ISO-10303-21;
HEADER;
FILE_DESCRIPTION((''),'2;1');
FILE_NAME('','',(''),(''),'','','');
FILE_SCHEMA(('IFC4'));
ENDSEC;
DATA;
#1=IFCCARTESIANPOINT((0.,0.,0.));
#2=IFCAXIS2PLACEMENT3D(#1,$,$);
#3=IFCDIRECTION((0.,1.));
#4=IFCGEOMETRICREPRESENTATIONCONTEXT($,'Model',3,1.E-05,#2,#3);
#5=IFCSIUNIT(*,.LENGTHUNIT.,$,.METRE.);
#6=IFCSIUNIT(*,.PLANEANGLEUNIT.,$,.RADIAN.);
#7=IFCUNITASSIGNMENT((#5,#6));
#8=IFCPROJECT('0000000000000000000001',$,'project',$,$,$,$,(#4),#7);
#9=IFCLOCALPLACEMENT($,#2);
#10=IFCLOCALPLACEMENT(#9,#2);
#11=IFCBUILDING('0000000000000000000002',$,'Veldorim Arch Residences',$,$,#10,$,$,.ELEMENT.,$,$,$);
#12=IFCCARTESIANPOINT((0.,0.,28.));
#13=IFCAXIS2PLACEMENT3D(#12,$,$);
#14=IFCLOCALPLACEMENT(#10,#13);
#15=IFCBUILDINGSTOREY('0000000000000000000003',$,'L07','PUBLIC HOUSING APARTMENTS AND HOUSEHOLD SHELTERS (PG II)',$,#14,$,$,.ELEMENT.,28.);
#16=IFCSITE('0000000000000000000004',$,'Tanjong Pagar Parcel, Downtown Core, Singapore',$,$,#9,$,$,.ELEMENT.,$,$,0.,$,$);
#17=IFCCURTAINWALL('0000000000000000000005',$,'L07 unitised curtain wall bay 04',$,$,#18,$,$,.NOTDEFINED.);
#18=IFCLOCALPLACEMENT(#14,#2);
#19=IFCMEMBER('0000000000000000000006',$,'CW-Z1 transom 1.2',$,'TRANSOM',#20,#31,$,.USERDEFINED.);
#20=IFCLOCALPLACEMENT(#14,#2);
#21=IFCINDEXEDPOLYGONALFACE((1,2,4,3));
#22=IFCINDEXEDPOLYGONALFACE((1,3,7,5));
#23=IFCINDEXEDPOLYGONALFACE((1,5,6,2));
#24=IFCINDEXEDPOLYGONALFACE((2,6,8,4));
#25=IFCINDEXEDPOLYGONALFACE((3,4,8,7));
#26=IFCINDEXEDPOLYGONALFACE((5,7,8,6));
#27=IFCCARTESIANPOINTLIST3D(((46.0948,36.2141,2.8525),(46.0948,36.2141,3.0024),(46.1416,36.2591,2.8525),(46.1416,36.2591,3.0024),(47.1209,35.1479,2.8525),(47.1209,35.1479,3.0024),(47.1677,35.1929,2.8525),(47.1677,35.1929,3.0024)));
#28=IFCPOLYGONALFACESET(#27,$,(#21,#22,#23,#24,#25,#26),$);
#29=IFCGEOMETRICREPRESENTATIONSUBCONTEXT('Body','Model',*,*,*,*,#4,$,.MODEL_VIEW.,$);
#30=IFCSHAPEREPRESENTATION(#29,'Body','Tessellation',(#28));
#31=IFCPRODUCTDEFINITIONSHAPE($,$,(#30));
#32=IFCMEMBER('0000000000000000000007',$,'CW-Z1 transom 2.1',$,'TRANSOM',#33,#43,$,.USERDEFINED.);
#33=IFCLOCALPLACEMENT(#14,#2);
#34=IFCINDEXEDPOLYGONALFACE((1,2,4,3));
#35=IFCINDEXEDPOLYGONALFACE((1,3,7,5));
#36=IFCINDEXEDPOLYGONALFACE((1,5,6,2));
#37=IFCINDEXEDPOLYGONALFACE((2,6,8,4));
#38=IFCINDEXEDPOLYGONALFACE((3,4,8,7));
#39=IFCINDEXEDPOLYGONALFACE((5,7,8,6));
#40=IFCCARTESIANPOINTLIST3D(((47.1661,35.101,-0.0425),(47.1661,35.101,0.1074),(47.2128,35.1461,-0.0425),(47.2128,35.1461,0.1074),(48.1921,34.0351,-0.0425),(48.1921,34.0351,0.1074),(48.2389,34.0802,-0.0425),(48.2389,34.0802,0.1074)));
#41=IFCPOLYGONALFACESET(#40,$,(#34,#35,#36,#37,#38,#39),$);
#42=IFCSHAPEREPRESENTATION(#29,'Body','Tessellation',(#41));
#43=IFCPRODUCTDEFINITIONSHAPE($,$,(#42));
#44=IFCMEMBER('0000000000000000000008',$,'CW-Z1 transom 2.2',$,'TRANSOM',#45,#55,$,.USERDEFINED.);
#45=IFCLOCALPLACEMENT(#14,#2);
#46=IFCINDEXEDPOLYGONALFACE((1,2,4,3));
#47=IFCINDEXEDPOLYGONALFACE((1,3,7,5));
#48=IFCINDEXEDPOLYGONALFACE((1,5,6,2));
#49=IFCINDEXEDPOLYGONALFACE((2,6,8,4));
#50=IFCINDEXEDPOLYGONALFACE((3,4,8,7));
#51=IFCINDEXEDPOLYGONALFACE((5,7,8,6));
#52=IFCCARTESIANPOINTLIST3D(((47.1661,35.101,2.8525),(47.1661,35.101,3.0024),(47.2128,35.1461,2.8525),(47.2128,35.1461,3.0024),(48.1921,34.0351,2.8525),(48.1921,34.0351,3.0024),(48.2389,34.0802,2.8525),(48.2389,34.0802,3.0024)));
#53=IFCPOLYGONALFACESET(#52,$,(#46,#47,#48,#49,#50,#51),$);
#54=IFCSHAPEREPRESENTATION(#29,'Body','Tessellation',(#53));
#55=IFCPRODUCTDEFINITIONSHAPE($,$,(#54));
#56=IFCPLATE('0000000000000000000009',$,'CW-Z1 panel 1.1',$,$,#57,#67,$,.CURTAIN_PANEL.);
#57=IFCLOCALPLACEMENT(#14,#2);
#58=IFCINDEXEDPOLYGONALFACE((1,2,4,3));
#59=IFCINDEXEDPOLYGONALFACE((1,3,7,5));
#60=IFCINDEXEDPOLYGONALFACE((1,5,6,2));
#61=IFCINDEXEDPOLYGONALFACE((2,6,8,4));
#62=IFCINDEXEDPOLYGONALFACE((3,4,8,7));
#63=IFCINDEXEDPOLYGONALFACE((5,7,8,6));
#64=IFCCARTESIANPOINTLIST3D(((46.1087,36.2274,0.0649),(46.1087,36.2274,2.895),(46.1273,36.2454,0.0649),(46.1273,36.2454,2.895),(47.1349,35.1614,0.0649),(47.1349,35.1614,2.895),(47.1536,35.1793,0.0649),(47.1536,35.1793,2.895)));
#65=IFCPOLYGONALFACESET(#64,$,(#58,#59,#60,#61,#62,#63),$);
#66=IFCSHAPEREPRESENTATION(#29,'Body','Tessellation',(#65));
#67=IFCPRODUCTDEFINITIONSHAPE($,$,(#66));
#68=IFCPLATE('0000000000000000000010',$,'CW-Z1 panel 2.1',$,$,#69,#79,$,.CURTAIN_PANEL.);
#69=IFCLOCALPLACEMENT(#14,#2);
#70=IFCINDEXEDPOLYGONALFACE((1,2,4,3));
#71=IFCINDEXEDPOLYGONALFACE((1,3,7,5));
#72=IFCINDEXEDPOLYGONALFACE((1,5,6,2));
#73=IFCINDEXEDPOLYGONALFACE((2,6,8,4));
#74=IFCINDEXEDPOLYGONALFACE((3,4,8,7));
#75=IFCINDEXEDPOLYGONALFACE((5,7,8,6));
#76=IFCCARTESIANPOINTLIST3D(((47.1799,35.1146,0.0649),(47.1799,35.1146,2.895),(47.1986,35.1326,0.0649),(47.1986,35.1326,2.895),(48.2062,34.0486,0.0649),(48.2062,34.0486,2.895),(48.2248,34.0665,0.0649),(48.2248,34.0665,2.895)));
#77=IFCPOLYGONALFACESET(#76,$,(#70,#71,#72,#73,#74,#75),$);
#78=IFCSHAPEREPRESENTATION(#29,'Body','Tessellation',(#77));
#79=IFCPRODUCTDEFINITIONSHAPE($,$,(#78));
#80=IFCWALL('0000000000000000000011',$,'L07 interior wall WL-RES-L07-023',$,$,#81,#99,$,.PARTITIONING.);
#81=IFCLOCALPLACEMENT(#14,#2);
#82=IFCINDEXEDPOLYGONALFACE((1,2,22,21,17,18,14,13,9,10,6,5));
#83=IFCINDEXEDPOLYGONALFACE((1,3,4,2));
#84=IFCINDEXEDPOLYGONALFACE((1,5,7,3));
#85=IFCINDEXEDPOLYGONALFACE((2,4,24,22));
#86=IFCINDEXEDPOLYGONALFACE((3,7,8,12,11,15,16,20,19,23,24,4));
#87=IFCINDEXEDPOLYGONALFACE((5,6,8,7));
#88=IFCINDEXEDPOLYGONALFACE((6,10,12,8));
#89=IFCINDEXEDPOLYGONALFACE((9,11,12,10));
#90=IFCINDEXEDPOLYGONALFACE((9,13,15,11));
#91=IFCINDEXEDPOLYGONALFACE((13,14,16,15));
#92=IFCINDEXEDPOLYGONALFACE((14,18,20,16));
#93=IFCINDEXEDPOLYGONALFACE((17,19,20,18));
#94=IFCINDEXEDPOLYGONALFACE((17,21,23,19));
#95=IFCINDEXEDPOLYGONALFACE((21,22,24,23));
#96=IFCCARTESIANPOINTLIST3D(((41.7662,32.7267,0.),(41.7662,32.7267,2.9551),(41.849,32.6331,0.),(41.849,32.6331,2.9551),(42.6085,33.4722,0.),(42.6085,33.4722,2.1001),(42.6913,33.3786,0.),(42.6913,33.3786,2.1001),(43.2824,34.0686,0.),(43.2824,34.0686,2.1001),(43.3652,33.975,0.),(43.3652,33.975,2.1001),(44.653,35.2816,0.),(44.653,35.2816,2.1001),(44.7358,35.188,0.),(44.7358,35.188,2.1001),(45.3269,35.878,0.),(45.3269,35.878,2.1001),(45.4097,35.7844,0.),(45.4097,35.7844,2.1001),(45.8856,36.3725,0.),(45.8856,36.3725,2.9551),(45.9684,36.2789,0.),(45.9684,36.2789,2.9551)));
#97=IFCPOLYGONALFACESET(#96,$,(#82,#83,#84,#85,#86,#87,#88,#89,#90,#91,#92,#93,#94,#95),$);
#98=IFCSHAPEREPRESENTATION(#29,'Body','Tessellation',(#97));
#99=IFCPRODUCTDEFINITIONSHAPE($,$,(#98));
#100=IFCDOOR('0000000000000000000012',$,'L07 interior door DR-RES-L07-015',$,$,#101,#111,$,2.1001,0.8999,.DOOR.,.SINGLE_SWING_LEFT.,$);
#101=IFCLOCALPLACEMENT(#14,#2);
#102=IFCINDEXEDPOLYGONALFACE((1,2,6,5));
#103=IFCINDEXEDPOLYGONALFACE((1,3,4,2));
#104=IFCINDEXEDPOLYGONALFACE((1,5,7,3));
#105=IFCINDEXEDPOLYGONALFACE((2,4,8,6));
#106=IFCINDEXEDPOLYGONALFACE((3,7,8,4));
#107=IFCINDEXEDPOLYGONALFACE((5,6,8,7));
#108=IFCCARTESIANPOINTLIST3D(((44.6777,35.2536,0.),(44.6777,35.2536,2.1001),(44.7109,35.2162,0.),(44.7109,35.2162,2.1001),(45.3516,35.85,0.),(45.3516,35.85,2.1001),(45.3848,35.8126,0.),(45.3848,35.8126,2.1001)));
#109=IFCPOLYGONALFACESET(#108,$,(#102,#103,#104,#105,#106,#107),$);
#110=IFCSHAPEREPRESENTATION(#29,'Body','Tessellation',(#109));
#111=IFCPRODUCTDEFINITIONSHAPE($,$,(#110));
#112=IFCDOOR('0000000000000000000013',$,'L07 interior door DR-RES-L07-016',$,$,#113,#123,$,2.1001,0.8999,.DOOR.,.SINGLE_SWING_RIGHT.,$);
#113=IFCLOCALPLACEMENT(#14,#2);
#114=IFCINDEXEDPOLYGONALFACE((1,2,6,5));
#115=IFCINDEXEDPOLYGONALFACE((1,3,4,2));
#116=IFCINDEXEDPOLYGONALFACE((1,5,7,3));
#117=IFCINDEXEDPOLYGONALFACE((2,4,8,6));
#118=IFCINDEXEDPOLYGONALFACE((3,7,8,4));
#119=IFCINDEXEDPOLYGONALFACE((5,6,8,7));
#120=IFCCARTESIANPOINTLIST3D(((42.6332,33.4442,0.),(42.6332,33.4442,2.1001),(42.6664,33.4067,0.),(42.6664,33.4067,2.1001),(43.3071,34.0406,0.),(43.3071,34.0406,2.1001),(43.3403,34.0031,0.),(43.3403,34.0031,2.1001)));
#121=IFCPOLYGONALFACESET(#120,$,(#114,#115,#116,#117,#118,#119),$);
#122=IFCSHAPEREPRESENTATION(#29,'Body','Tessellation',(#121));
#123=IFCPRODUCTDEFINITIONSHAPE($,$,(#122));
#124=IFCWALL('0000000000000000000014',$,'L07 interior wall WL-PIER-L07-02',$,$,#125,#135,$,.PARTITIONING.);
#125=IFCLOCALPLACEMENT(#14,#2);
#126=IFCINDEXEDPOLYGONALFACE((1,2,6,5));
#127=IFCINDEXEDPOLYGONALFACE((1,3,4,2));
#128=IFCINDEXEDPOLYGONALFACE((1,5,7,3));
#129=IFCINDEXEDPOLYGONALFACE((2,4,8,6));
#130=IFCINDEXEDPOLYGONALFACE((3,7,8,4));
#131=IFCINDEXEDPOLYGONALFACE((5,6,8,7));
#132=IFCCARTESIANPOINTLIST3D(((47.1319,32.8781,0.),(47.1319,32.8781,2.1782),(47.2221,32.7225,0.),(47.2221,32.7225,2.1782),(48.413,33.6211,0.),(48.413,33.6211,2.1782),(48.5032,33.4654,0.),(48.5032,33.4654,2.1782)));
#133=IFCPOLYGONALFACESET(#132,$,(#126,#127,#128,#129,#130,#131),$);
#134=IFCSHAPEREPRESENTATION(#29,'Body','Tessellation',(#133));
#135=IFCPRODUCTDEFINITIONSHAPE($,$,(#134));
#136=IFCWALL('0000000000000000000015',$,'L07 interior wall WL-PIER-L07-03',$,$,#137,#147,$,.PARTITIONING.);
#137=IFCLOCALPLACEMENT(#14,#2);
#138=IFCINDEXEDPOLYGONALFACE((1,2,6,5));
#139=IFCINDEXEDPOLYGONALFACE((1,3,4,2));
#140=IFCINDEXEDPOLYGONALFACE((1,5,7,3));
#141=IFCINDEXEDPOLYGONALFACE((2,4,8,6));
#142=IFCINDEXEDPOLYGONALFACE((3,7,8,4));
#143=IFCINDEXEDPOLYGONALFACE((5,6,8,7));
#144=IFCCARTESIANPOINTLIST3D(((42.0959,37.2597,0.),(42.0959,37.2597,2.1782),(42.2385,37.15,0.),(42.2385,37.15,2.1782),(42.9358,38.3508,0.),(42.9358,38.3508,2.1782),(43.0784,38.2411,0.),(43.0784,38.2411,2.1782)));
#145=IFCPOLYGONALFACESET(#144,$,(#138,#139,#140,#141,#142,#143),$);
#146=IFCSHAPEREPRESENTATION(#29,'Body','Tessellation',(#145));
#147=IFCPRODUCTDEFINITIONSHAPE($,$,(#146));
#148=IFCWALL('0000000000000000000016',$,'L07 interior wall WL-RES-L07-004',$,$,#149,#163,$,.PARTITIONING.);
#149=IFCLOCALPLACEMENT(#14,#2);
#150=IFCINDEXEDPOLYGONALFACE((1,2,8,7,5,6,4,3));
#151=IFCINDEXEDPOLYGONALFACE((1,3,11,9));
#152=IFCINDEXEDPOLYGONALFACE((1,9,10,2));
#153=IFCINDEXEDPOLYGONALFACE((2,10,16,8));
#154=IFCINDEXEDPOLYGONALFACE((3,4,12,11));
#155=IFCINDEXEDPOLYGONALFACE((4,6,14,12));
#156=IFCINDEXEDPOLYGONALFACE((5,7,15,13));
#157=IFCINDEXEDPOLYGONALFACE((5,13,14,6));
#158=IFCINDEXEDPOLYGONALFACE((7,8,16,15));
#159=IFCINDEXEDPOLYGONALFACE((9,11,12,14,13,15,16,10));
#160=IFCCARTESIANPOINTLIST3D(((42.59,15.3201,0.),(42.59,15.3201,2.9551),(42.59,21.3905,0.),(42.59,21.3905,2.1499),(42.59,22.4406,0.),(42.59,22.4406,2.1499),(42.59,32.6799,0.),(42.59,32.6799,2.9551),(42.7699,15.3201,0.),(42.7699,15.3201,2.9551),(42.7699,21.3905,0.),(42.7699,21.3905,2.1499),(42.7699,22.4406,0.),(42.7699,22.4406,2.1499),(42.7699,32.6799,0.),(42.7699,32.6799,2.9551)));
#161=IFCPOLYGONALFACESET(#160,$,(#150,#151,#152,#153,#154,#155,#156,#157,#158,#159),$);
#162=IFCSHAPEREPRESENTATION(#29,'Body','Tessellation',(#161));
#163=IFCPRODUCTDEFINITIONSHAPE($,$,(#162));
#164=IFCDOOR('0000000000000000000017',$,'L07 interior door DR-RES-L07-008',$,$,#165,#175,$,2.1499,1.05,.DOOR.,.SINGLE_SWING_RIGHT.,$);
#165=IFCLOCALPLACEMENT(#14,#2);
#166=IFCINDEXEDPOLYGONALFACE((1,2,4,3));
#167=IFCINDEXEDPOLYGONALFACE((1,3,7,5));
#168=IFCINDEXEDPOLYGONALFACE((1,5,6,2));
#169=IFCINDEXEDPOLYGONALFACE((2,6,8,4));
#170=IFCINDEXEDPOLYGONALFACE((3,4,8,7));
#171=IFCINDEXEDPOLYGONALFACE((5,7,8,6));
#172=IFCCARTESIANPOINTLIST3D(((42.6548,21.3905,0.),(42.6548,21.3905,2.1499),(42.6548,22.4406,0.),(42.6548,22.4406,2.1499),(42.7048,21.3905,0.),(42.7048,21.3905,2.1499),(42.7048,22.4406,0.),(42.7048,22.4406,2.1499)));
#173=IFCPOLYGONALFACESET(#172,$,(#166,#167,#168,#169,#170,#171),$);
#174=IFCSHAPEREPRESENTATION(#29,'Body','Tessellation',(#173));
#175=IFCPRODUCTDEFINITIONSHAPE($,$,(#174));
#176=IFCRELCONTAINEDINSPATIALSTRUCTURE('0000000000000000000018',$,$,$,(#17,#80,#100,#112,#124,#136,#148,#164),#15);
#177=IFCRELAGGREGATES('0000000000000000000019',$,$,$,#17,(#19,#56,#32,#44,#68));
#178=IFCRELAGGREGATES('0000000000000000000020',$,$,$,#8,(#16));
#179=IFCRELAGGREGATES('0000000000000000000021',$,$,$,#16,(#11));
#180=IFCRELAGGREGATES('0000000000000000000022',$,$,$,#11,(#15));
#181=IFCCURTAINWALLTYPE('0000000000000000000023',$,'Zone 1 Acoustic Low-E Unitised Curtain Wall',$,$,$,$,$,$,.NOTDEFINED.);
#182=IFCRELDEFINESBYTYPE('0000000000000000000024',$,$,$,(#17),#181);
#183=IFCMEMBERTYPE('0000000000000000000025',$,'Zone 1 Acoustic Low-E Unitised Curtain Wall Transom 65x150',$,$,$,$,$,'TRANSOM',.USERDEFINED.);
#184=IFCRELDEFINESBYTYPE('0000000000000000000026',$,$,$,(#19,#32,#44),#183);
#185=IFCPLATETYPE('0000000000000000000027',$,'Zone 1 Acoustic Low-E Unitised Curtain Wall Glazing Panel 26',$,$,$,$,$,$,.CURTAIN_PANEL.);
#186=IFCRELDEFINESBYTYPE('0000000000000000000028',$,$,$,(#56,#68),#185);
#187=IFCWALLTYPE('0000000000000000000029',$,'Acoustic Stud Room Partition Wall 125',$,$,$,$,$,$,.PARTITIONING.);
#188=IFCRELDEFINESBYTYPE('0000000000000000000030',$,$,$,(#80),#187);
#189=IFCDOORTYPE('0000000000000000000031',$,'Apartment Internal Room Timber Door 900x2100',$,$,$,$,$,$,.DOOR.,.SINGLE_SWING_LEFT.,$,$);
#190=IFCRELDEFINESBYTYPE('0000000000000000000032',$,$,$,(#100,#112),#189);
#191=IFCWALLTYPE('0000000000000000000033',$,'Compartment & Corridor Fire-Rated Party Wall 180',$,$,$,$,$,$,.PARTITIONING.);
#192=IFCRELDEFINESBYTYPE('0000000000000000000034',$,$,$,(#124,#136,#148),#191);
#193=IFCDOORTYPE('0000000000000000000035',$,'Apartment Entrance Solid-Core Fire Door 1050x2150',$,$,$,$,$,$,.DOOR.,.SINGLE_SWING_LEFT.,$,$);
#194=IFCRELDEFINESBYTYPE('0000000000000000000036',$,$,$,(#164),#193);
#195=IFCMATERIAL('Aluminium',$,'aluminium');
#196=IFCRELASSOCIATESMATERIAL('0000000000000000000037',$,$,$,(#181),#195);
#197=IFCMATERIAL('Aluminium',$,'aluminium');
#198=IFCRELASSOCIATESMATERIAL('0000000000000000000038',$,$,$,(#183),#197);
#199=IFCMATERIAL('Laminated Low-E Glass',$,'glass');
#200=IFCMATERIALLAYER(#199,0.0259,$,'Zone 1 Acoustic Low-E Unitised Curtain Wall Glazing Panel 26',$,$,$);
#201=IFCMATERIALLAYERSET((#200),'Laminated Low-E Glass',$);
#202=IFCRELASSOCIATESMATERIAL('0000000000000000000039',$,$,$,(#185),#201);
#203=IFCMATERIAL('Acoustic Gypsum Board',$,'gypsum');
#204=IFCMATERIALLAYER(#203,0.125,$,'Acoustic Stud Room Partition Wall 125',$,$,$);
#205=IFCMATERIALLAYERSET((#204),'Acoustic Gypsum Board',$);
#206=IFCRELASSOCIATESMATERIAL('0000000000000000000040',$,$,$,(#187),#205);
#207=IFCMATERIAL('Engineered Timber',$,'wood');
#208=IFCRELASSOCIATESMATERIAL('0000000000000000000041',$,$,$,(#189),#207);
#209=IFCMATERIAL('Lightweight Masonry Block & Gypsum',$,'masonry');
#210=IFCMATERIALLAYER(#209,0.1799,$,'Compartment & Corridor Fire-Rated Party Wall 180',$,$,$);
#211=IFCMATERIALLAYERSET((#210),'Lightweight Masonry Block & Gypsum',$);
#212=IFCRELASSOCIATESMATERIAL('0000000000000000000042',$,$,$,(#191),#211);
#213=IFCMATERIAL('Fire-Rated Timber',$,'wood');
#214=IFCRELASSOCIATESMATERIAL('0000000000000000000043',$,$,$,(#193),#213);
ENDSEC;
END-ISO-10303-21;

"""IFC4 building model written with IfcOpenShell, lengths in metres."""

from ifc_helpers import new_model, si_unit, direction, frame, frame_2d, origin, origin_2d, place, context, subcontext, project, spatial, rectangle, extrude, material, layer, layer_set, material_profile, profile_set, type_object, element, fill, aggregate, save


model = new_model("IFC4")

# Units and contexts
model_context = context("Model", 3, precision=1e-05, world=origin(), true_north=direction((0.0, 1.0)))
body_context = subcontext(model_context, "Body", "Model", "MODEL_VIEW")
ifc_project = project(units=[si_unit("LENGTHUNIT", "METRE"), si_unit("PLANEANGLEUNIT", "RADIAN")], contexts=[model_context])

# Site, building, storey
site_placement = place(None, origin())
site = spatial("IfcSite", under=ifc_project, at=site_placement, Name="Tanjong Pagar Parcel, Downtown Core, Singapore", CompositionType="ELEMENT", RefElevation=0.0)
building_placement = place(site_placement, origin())
building = spatial("IfcBuilding", under=site, at=building_placement, Name="Veldorim Arch Residences", CompositionType="ELEMENT")
storey_placement = place(building_placement, frame((0.0, 0.0, 28.0)))
storey = spatial("IfcBuildingStorey", under=building, at=storey_placement, Name="L07", Description="PUBLIC HOUSING APARTMENTS AND HOUSEHOLD SHELTERS (PG II)", CompositionType="ELEMENT", Elevation=28.0)

# Curtain wall, members, plates
ifc_material_1 = material(Name="Aluminium", Category="aluminium")
curtain_wall_type = type_object("IfcCurtainWallType", Name="Zone 1 Acoustic Low-E Unitised Curtain Wall", PredefinedType="NOTDEFINED", material=ifc_material_1)
curtain_wall_placement = place(storey_placement, origin())
curtain_wall = element("IfcCurtainWall", 1, at=curtain_wall_placement, inside=storey, type_object=curtain_wall_type, Name="L07 unitised curtain wall bay 04", PredefinedType="NOTDEFINED")
ifc_material_2 = material(Name="Aluminium", Category="aluminium")
ifc_material_profile_1 = material_profile(ifc_material_2, rectangle(XDim=0.0649, YDim=0.1499, at=origin_2d()), Name="ALU_TRN_65x150")
ifc_profile_set_1 = profile_set([ifc_material_profile_1], Name="Aluminium")
member_type_1 = type_object("IfcMemberType", Name="Zone 1 Acoustic Low-E Unitised Curtain Wall Transom 65x150", ElementType="TRANSOM", PredefinedType="USERDEFINED", material=ifc_profile_set_1)
member_1_placement = place(storey_placement, frame((46.1182, 36.2366, 2.9275), z_axis=(0.693448, -0.720506, 0.0), x_axis=(0.720506, 0.693448, 0.0)))
member_1 = element("IfcMember", 2, at=member_1_placement, type_object=member_type_1, Name="CW-Z1 transom 1.2", ObjectType="TRANSOM", PredefinedType="USERDEFINED", context=body_context, shape_type="SweptSolid", body=[
    extrude(rectangle(XDim=0.0649, YDim=0.1499, at=origin_2d()), origin(), (0.0, 0.0, 1.0), 1.4797),
])
member_2_placement = place(storey_placement, frame((47.1895, 35.1235, 0.0325), z_axis=(0.693531, -0.720427, 0.0), x_axis=(0.720427, 0.693531, 0.0)))
member_2 = element("IfcMember", 3, at=member_2_placement, type_object=member_type_1, Name="CW-Z1 transom 2.1", ObjectType="TRANSOM", PredefinedType="USERDEFINED", context=body_context, shape_type="SweptSolid", body=[
    extrude(rectangle(XDim=0.0649, YDim=0.1499, at=origin_2d()), origin(), (0.0, 0.0, 1.0), 1.4795),
])
member_3_placement = place(storey_placement, frame((47.1895, 35.1235, 2.9275), z_axis=(0.693531, -0.720427, 0.0), x_axis=(0.720427, 0.693531, 0.0)))
member_3 = element("IfcMember", 4, at=member_3_placement, type_object=member_type_1, Name="CW-Z1 transom 2.2", ObjectType="TRANSOM", PredefinedType="USERDEFINED", context=body_context, shape_type="SweptSolid", body=[
    extrude(rectangle(XDim=0.0649, YDim=0.1499, at=origin_2d()), origin(), (0.0, 0.0, 1.0), 1.4795),
])
ifc_material_3 = material(Name="Laminated Low-E Glass", Category="glass")
ifc_layer_1 = layer(ifc_material_3, 0.0259, Name="Zone 1 Acoustic Low-E Unitised Curtain Wall Glazing Panel 26")
ifc_layer_set_1 = layer_set([ifc_layer_1], Name="Laminated Low-E Glass")
plate_type = type_object("IfcPlateType", Name="Zone 1 Acoustic Low-E Unitised Curtain Wall Glazing Panel 26", PredefinedType="CURTAIN_PANEL", material=ifc_layer_set_1)
plate_1_placement = place(storey_placement, frame((46.6311, 35.7034, 0.0649), z_axis=(0.0, 0.0, 1.0), x_axis=(0.693538, -0.720421, 0.0)))
plate_1 = element("IfcPlate", 5, at=plate_1_placement, type_object=plate_type, Name="CW-Z1 panel 1.1", PredefinedType="CURTAIN_PANEL", context=body_context, shape_type="SweptSolid", body=[
    extrude(rectangle(XDim=1.4797, YDim=0.0259, at=origin_2d()), origin(), (0.0, 0.0, 1.0), 2.8301),
])
plate_2_placement = place(storey_placement, frame((47.7024, 34.5906, 0.0649), z_axis=(0.0, 0.0, 1.0), x_axis=(0.693538, -0.720421, 0.0)))
plate_2 = element("IfcPlate", 6, at=plate_2_placement, type_object=plate_type, Name="CW-Z1 panel 2.1", PredefinedType="CURTAIN_PANEL", context=body_context, shape_type="SweptSolid", body=[
    extrude(rectangle(XDim=1.4797, YDim=0.0259, at=origin_2d()), origin(), (0.0, 0.0, 1.0), 2.8301),
])
aggregate(curtain_wall, [member_1, plate_1, member_2, member_3, plate_2])

# Wall, openings, doors
ifc_material_4 = material(Name="Acoustic Gypsum Board", Category="gypsum")
ifc_layer_2 = layer(ifc_material_4, 0.125, Name="Acoustic Stud Room Partition Wall 125")
ifc_layer_set_2 = layer_set([ifc_layer_2], Name="Acoustic Gypsum Board")
wall_type_1 = type_object("IfcWallType", Name="Acoustic Stud Room Partition Wall 125", PredefinedType="PARTITIONING", material=ifc_layer_set_2)
wall_1_placement = place(storey_placement, frame((45.927, 36.3257, 0.0), z_axis=(0.0, 0.0, 1.0), x_axis=(-0.748845, -0.662745, 0.0)))
wall_1 = element("IfcWall", 7, at=wall_1_placement, inside=storey, type_object=wall_type_1, Name="L07 interior wall WL-RES-L07-023", PredefinedType="PARTITIONING", context=body_context, shape_type="SweptSolid", body=[
    extrude(rectangle(XDim=5.501, YDim=0.125, at=frame_2d((2.7505, 0.0))), origin(), (0.0, 0.0, 1.0), 2.9551),
])
opening_1_placement = place(wall_1_placement, frame((0.7461, 0.0, 0.0)))
opening_1 = element("IfcOpeningElement", 8, at=opening_1_placement, cuts=wall_1, PredefinedType="OPENING", context=body_context, shape_type="SweptSolid", body=[
    extrude(rectangle(XDim=0.8999, YDim=2.1001, at=frame_2d((0.45, 1.05))), frame((0.0, 0.0725, 0.0), z_axis=(0.0, -1.0, 0.0), x_axis=(1.0, 0.0, 0.0)), (0.0, 0.0, 1.0), 0.145),
])
opening_2_placement = place(wall_1_placement, frame((3.4763, 0.0, 0.0)))
opening_2 = element("IfcOpeningElement", 9, at=opening_2_placement, cuts=wall_1, PredefinedType="OPENING", context=body_context, shape_type="SweptSolid", body=[
    extrude(rectangle(XDim=0.8999, YDim=2.1001, at=frame_2d((0.45, 1.05))), frame((0.0, 0.0725, 0.0), z_axis=(0.0, -1.0, 0.0), x_axis=(1.0, 0.0, 0.0)), (0.0, 0.0, 1.0), 0.145),
])
ifc_material_5 = material(Name="Engineered Timber", Category="wood")
door_type_1 = type_object("IfcDoorType", Name="Apartment Internal Room Timber Door 900x2100", OperationType="SINGLE_SWING_LEFT", PredefinedType="DOOR", material=ifc_material_5)
door_1_placement = place(opening_1_placement, origin())
door_1 = element("IfcDoor", 10, at=door_1_placement, inside=storey, type_object=door_type_1, Name="L07 interior door DR-RES-L07-015", OperationType="SINGLE_SWING_LEFT", OverallHeight=2.1001, OverallWidth=0.8999, PredefinedType="DOOR", context=body_context, shape_type="SweptSolid", body=[
    extrude(rectangle(XDim=0.8999, YDim=2.1001, at=frame_2d((0.45, 1.05))), frame((0.0, 0.0249, 0.0), z_axis=(0.0, -1.0, 0.0), x_axis=(1.0, 0.0, 0.0)), (0.0, 0.0, 1.0), 0.05),
])
fill(opening_1, door_1)
door_2_placement = place(opening_2_placement, origin())
door_2 = element("IfcDoor", 11, at=door_2_placement, inside=storey, type_object=door_type_1, Name="L07 interior door DR-RES-L07-016", OperationType="SINGLE_SWING_RIGHT", OverallHeight=2.1001, OverallWidth=0.8999, PredefinedType="DOOR", context=body_context, shape_type="SweptSolid", body=[
    extrude(rectangle(XDim=0.8999, YDim=2.1001, at=frame_2d((0.45, 1.05))), frame((0.0, 0.0249, 0.0), z_axis=(0.0, -1.0, 0.0), x_axis=(1.0, 0.0, 0.0)), (0.0, 0.0, 1.0), 0.05),
])
fill(opening_2, door_2)

# Walls
ifc_material_6 = material(Name="Lightweight Masonry Block & Gypsum", Category="masonry")
ifc_layer_3 = layer(ifc_material_6, 0.1799, Name="Compartment & Corridor Fire-Rated Party Wall 180")
ifc_layer_set_3 = layer_set([ifc_layer_3], Name="Lightweight Masonry Block & Gypsum")
wall_type_2 = type_object("IfcWallType", Name="Compartment & Corridor Fire-Rated Party Wall 180", PredefinedType="PARTITIONING", material=ifc_layer_set_3)
wall_2_placement = place(storey_placement, frame((47.177, 32.8003, 0.0), z_axis=(0.0, 0.0, 1.0), x_axis=(0.86505, 0.501686, 0.0)))
element("IfcWall", 12, at=wall_2_placement, inside=storey, type_object=wall_type_2, Name="L07 interior wall WL-PIER-L07-02", PredefinedType="PARTITIONING", context=body_context, shape_type="SweptSolid", body=[
    extrude(rectangle(XDim=1.481, YDim=0.1799, at=frame_2d((0.7405, 0.0))), origin(), (0.0, 0.0, 1.0), 2.1782),
])
wall_3_placement = place(storey_placement, frame((42.1672, 37.2048, 0.0), z_axis=(0.0, 0.0, 1.0), x_axis=(0.609968, 0.792426, 0.0)))
element("IfcWall", 13, at=wall_3_placement, inside=storey, type_object=wall_type_2, Name="L07 interior wall WL-PIER-L07-03", PredefinedType="PARTITIONING", context=body_context, shape_type="SweptSolid", body=[
    extrude(rectangle(XDim=1.377, YDim=0.1799, at=frame_2d((0.6885, 0.0))), origin(), (0.0, 0.0, 1.0), 2.1782),
])

# Wall, opening, door
wall_4_placement = place(storey_placement, frame((42.6799, 32.6799, 0.0), z_axis=(0.0, 0.0, 1.0), x_axis=(0.0, -1.0, 0.0)))
wall_4 = element("IfcWall", 14, at=wall_4_placement, inside=storey, type_object=wall_type_2, Name="L07 interior wall WL-RES-L07-004", PredefinedType="PARTITIONING", context=body_context, shape_type="SweptSolid", body=[
    extrude(rectangle(XDim=17.3599, YDim=0.1799, at=frame_2d((8.6799, 0.0))), origin(), (0.0, 0.0, 1.0), 2.9551),
])
opening_3_placement = place(wall_4_placement, frame((10.2395, 0.0, 0.0)))
opening_3 = element("IfcOpeningElement", 15, at=opening_3_placement, cuts=wall_4, PredefinedType="OPENING", context=body_context, shape_type="SweptSolid", body=[
    extrude(rectangle(XDim=1.05, YDim=2.1499, at=frame_2d((0.5249, 1.075))), frame((0.0, 0.0999, 0.0), z_axis=(0.0, -1.0, 0.0), x_axis=(1.0, 0.0, 0.0)), (0.0, 0.0, 1.0), 0.2),
])
ifc_material_7 = material(Name="Fire-Rated Timber", Category="wood")
door_type_2 = type_object("IfcDoorType", Name="Apartment Entrance Solid-Core Fire Door 1050x2150", OperationType="SINGLE_SWING_LEFT", PredefinedType="DOOR", material=ifc_material_7)
door_3_placement = place(opening_3_placement, origin())
door_3 = element("IfcDoor", 16, at=door_3_placement, inside=storey, type_object=door_type_2, Name="L07 interior door DR-RES-L07-008", OperationType="SINGLE_SWING_RIGHT", OverallHeight=2.1499, OverallWidth=1.05, PredefinedType="DOOR", context=body_context, shape_type="SweptSolid", body=[
    extrude(rectangle(XDim=1.05, YDim=2.1499, at=frame_2d((0.5249, 1.075))), frame((0.0, 0.0249, 0.0), z_axis=(0.0, -1.0, 0.0), x_axis=(1.0, 0.0, 0.0)), (0.0, 0.0, 1.0), 0.05),
])
fill(opening_3, door_3)

save(model, "model.ifc")
